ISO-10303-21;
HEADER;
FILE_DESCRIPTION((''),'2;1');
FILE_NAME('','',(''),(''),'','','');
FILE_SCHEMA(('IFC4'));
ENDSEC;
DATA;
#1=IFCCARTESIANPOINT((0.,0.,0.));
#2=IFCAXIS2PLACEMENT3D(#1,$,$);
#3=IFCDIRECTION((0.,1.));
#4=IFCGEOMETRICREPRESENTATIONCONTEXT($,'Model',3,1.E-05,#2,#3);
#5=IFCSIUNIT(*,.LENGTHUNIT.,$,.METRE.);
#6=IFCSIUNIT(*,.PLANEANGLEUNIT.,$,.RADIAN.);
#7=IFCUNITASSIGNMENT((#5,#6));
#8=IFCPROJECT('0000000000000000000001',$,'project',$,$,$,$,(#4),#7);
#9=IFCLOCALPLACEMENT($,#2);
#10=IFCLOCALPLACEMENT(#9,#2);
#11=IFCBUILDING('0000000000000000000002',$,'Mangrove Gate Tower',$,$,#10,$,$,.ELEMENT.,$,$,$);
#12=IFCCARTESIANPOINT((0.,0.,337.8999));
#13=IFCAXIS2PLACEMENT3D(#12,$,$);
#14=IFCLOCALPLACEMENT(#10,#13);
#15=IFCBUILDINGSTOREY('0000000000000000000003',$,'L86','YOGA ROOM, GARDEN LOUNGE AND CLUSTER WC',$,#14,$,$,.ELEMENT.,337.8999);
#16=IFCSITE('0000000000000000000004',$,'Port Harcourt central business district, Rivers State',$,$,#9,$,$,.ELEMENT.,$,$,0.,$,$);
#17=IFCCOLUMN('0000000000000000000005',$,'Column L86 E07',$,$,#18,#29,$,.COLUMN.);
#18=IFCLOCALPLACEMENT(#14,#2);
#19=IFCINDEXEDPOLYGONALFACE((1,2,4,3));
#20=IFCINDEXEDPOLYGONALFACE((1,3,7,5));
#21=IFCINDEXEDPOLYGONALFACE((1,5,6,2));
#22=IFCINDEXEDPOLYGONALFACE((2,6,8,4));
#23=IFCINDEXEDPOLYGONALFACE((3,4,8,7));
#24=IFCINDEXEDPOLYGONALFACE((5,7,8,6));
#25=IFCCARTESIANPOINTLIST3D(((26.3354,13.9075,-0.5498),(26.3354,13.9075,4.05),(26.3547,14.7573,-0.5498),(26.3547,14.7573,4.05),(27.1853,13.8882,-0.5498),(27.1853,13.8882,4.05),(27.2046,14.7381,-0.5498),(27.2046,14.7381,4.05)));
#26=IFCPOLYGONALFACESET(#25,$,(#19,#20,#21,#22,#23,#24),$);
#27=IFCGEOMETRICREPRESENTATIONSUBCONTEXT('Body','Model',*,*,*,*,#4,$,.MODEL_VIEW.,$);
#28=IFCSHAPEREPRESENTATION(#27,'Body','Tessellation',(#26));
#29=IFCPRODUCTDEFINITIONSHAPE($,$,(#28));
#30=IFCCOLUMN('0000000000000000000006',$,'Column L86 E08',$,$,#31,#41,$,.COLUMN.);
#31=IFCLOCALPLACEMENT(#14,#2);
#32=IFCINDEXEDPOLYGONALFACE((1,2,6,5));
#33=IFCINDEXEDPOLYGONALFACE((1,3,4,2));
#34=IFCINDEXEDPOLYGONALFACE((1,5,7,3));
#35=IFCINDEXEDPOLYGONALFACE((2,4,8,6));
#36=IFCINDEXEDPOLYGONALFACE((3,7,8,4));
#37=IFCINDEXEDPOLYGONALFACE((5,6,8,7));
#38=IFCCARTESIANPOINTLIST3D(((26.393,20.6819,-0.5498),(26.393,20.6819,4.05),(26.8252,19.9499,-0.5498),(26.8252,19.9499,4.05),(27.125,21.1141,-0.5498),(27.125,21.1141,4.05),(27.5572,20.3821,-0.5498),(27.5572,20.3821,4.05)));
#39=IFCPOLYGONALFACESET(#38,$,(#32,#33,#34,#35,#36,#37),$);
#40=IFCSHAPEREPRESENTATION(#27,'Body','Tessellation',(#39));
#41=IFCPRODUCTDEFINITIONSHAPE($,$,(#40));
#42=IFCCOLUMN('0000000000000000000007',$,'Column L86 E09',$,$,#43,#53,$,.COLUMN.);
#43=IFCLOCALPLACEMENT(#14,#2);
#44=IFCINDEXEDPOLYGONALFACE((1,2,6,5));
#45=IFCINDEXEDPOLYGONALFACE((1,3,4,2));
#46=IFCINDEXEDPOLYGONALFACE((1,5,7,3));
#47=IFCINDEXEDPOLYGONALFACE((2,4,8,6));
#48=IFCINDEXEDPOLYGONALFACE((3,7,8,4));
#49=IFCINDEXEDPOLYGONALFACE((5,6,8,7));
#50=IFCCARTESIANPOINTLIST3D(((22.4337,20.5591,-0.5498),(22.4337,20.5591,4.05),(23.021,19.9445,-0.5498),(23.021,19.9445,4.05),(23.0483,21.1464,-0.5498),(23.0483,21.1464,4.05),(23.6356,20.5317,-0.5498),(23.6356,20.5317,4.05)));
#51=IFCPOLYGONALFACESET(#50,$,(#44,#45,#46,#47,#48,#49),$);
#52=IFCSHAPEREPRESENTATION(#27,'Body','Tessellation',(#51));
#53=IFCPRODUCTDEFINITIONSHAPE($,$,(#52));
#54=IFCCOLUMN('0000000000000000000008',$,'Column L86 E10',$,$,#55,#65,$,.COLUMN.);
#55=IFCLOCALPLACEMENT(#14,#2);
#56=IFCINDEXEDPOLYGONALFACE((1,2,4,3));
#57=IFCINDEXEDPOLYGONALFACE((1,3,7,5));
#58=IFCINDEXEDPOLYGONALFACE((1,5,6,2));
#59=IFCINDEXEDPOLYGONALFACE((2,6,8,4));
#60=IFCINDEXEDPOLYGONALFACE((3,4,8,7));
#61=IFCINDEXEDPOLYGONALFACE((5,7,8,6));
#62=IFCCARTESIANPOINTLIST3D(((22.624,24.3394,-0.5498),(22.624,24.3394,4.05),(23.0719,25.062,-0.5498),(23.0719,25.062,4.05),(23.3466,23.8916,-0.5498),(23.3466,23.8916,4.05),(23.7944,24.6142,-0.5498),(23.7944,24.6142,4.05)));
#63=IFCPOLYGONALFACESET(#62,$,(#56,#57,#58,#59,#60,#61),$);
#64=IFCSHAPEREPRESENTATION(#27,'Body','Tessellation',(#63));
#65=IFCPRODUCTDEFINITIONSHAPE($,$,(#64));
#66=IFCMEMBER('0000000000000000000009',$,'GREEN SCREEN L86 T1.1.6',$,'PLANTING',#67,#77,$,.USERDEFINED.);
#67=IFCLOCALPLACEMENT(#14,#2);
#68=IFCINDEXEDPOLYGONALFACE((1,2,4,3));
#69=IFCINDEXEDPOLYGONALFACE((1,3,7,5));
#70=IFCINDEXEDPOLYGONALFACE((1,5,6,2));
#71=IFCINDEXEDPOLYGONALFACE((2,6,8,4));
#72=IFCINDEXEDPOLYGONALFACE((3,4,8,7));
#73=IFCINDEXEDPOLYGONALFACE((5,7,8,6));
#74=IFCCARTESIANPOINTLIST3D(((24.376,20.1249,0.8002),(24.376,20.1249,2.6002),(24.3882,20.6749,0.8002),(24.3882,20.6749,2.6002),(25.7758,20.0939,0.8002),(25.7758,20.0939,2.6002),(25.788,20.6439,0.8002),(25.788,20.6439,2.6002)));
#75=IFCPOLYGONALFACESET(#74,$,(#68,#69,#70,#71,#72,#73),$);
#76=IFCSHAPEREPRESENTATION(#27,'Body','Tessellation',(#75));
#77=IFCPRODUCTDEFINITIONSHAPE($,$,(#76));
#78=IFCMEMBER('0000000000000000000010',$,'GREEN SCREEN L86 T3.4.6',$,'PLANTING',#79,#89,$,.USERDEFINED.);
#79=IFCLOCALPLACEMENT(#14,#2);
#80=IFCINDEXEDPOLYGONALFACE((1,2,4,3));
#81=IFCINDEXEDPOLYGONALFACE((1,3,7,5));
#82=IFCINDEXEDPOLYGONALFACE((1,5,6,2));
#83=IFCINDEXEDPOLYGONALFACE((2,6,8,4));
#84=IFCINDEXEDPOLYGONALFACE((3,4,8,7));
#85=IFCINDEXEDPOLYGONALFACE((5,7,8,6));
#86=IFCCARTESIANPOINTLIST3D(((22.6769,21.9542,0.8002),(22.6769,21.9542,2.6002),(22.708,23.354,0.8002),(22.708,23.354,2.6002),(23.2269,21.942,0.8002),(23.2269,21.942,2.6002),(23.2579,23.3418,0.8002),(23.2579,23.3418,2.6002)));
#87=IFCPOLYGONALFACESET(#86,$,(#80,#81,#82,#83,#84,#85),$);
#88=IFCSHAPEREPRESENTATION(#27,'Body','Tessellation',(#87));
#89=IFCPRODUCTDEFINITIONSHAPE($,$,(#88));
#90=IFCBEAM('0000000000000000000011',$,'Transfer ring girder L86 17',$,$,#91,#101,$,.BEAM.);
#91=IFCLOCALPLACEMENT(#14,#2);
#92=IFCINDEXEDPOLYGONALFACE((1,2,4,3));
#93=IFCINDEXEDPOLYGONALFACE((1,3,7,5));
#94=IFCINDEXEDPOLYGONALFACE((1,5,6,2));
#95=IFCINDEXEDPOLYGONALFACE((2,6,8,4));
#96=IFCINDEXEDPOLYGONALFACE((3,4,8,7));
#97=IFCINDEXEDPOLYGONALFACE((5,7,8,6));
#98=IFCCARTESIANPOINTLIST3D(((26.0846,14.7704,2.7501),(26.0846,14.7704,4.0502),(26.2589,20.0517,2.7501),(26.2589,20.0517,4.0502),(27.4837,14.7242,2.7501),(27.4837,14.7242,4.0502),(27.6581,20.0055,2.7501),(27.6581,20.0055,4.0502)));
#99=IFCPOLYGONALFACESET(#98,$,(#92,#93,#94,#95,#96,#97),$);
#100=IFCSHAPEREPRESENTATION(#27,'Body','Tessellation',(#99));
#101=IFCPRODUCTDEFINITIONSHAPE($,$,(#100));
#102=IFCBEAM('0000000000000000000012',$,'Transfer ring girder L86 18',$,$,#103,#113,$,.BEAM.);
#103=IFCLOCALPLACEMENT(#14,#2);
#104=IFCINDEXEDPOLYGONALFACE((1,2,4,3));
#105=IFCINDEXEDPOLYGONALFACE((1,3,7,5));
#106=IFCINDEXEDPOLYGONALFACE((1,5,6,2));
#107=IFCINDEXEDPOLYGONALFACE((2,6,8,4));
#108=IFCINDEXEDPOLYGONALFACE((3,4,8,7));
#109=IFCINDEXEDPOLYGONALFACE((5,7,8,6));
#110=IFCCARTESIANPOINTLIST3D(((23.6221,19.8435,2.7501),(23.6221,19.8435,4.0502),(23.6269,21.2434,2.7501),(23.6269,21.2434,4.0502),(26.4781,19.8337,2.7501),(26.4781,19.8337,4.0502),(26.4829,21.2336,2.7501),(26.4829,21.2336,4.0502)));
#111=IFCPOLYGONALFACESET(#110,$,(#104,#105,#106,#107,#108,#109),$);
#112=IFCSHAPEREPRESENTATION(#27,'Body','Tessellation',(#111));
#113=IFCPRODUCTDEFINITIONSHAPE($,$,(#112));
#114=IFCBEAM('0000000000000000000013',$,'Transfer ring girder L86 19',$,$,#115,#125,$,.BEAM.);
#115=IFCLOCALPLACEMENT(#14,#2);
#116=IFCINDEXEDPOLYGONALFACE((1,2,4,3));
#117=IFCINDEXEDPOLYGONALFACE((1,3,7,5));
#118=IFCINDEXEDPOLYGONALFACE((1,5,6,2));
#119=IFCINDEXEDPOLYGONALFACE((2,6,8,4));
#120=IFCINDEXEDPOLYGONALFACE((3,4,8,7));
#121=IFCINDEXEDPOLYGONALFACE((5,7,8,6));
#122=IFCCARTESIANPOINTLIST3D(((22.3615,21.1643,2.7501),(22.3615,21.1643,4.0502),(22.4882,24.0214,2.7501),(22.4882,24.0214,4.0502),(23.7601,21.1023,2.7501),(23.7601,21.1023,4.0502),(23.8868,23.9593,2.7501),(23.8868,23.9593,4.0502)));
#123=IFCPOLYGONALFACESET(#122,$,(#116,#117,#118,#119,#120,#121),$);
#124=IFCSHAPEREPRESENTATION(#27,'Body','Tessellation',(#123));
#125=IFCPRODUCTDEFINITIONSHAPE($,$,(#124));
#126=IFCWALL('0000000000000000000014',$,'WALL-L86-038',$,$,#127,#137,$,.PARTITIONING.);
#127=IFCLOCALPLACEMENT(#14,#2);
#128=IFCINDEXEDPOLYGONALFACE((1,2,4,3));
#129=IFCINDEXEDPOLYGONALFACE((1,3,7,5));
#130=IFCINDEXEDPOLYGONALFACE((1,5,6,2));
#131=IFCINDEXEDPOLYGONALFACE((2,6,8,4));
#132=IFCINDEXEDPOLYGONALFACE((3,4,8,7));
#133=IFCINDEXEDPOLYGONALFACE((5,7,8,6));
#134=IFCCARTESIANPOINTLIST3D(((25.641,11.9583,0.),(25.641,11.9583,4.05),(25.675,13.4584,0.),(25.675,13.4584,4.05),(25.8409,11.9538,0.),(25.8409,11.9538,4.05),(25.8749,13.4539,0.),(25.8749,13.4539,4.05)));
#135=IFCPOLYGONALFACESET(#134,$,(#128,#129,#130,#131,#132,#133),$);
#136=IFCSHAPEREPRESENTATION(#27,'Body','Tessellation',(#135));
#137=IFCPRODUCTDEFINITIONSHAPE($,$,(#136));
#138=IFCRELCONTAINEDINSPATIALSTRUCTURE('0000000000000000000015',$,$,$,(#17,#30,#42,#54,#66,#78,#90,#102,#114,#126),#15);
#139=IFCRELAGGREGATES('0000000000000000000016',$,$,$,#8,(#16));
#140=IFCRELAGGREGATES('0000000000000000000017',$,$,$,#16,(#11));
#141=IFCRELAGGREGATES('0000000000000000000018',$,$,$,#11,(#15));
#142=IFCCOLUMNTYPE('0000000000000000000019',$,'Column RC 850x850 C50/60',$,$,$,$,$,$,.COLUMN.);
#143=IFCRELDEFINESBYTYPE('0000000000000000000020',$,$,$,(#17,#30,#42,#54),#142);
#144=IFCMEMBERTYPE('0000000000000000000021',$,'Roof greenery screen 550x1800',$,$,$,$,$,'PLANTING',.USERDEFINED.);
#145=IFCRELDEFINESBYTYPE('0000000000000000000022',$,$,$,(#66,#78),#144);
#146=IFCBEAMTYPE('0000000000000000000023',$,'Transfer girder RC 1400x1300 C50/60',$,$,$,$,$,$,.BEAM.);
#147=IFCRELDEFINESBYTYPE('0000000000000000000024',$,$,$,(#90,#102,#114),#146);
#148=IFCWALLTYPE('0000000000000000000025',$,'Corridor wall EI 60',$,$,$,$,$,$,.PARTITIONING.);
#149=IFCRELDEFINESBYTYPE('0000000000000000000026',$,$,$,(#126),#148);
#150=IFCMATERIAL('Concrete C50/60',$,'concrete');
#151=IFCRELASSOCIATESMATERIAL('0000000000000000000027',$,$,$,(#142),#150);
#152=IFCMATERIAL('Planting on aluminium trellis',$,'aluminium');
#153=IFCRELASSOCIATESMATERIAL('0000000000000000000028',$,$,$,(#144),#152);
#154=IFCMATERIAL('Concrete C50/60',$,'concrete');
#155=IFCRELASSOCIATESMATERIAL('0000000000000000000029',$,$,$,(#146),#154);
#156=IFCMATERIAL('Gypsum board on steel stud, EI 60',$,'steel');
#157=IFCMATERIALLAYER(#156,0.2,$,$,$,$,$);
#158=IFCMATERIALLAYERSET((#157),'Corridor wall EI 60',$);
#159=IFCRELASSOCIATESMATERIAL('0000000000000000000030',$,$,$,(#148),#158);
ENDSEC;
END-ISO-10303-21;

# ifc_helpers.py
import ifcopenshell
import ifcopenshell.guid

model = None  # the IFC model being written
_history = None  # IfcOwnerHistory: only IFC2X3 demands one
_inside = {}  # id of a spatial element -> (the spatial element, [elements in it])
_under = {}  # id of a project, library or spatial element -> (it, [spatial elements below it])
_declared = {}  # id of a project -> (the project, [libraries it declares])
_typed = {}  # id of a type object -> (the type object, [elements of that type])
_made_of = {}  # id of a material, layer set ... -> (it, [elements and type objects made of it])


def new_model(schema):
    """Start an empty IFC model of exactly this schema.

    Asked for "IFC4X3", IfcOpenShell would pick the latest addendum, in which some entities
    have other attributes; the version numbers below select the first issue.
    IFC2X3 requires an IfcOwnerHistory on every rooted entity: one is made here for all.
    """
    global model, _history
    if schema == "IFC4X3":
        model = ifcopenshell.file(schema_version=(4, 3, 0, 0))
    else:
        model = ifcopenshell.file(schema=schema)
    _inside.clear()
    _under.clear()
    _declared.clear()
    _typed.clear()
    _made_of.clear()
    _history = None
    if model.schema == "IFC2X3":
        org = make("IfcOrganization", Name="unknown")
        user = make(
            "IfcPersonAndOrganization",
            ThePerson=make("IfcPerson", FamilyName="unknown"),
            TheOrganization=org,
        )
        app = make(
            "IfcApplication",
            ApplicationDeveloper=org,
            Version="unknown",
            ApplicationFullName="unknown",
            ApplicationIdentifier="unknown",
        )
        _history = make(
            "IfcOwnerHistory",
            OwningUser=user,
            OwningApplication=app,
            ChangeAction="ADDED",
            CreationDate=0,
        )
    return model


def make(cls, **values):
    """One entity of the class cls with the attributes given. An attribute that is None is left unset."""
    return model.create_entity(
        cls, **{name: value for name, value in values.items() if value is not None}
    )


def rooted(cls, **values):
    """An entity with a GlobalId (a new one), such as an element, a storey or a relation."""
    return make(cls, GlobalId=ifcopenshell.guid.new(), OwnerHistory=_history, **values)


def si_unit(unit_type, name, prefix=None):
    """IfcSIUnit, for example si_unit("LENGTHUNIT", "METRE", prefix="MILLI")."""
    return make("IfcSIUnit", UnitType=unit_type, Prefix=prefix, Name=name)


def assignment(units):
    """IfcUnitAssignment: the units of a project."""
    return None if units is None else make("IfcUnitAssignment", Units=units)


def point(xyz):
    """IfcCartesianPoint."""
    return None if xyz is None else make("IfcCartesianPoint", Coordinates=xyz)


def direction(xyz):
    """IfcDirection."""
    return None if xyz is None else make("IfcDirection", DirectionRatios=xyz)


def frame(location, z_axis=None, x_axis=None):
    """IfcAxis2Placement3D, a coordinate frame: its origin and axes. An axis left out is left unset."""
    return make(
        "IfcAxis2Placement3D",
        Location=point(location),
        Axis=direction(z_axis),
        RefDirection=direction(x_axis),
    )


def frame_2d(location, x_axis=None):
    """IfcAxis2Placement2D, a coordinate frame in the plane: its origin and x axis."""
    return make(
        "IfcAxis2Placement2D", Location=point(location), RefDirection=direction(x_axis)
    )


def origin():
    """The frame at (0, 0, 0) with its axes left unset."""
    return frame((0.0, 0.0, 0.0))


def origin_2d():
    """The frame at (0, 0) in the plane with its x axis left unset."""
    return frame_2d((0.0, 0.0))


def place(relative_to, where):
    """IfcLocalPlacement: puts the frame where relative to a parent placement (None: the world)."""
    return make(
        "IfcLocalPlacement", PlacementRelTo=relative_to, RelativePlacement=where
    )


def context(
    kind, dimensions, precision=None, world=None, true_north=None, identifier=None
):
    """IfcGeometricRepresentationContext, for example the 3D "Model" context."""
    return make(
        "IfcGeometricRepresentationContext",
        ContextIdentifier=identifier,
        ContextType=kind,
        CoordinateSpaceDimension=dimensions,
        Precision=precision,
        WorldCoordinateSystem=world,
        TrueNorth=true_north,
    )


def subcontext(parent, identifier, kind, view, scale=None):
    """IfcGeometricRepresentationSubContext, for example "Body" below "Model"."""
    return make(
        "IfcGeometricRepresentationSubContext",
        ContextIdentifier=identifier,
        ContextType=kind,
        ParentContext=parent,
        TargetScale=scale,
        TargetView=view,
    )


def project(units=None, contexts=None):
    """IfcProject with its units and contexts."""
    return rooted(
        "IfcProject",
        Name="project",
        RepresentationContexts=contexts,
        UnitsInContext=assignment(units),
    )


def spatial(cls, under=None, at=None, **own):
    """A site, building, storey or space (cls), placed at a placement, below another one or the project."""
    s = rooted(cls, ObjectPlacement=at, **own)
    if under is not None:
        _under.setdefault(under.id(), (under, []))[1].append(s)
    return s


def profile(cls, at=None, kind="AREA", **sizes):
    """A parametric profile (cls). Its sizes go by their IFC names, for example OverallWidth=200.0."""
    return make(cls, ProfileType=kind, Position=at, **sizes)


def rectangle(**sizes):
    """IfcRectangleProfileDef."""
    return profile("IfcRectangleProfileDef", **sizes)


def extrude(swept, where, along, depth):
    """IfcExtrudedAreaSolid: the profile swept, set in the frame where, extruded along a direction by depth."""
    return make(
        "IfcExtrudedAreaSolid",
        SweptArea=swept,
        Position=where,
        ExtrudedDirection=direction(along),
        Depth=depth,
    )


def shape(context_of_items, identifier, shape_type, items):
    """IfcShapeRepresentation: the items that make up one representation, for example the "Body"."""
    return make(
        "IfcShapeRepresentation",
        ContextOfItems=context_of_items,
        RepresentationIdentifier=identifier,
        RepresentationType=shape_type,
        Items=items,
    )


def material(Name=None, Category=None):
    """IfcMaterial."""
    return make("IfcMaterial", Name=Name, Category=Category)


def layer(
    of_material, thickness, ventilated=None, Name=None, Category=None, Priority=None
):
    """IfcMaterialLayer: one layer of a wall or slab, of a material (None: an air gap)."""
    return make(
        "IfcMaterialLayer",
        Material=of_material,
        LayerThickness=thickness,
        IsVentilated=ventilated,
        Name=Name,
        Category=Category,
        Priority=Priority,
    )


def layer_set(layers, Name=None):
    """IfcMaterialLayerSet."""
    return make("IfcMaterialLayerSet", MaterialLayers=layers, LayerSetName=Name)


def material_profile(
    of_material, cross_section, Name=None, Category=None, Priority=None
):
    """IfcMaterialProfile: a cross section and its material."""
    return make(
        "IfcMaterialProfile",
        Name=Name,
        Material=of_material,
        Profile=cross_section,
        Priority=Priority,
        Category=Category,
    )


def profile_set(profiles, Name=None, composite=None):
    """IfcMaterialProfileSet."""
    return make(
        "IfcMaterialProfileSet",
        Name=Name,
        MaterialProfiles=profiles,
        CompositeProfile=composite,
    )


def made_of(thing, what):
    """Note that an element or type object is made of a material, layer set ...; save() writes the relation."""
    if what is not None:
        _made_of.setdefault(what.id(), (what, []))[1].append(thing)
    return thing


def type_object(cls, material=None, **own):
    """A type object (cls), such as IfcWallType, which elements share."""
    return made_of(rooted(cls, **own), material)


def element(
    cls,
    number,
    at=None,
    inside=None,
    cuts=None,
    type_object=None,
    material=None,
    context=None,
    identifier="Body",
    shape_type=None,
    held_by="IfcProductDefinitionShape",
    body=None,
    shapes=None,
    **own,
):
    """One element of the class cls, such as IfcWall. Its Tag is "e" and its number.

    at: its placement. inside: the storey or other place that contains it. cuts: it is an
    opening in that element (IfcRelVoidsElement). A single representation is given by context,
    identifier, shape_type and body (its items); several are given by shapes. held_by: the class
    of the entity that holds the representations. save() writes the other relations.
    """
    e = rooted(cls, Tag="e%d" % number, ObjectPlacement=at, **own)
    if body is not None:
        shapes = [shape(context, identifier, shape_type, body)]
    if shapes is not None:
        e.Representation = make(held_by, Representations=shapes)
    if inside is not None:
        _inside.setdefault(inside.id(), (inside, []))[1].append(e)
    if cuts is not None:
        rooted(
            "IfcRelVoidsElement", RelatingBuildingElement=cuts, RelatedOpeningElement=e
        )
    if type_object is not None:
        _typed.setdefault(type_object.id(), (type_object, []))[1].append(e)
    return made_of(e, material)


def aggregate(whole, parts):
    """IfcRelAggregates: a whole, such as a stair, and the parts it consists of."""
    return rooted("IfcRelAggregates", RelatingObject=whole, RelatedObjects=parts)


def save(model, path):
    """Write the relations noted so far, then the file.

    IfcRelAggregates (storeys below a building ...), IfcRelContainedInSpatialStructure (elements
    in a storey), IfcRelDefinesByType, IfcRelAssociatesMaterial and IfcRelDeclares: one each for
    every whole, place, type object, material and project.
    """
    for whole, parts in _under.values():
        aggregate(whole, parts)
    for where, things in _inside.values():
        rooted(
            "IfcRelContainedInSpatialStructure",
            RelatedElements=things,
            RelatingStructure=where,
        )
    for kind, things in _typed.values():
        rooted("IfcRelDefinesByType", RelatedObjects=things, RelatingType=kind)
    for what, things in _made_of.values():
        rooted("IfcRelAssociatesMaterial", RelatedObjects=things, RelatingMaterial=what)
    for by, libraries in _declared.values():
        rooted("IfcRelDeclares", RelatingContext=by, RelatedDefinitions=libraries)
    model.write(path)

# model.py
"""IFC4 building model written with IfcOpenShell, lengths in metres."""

from ifc_helpers import new_model, si_unit, direction, frame, frame_2d, origin, origin_2d, place, context, subcontext, project, spatial, rectangle, extrude, material, layer, layer_set, material_profile, profile_set, type_object, element, save


model = new_model("IFC4")

# Units and contexts
model_context = context("Model", 3, precision=1e-05, world=origin(), true_north=direction((0.0, 1.0)))
body_context = subcontext(model_context, "Body", "Model", "MODEL_VIEW")
ifc_project = project(units=[si_unit("LENGTHUNIT", "METRE"), si_unit("PLANEANGLEUNIT", "RADIAN")], contexts=[model_context])

# Site, building, storey
site_placement = place(None, origin())
site = spatial("IfcSite", under=ifc_project, at=site_placement, Name="Port Harcourt central business district, Rivers State", CompositionType="ELEMENT", RefElevation=0.0)
building_placement = place(site_placement, origin())
building = spatial("IfcBuilding", under=site, at=building_placement, Name="Mangrove Gate Tower", CompositionType="ELEMENT")
storey_placement = place(building_placement, frame((0.0, 0.0, 337.8999)))
storey = spatial("IfcBuildingStorey", under=building, at=storey_placement, Name="L86", Description="YOGA ROOM, GARDEN LOUNGE AND CLUSTER WC", CompositionType="ELEMENT", Elevation=337.8999)

# Columns
ifc_material_1 = material(Name="Concrete C50/60", Category="concrete")
ifc_material_profile_1 = material_profile(ifc_material_1, rectangle(XDim=0.8501, YDim=0.8501, at=origin_2d()))
ifc_profile_set_1 = profile_set([ifc_material_profile_1], Name="Concrete C50/60")
column_type = type_object("IfcColumnType", Name="Column RC 850x850 C50/60", PredefinedType="COLUMN", material=ifc_profile_set_1)
for number, where, z_axis, x_axis, name in (
    (1, (26.77, 14.3228, -0.5498), (0.0, 0.0, 1.0), (0.022681, 0.999743, 0.0), "Column L86 E07"),
    (2, (26.9751, 20.532, -0.5498), (0.0, 0.0, 1.0), (-0.508409, 0.861116, 0.0), "Column L86 E08"),
    (3, (23.0347, 20.5454, -0.5498), (0.0, 0.0, 1.0), (-0.690837, 0.72301, 0.0), "Column L86 E09"),
    (4, (23.2092, 24.4768, -0.5498), (0.0, 0.0, 1.0), (-0.849995, 0.526791, 0.0), "Column L86 E10"),
):
    element("IfcColumn", number, at=place(storey_placement, frame(where, z_axis=z_axis, x_axis=x_axis)), inside=storey, type_object=column_type, Name=name, PredefinedType="COLUMN", context=body_context, shape_type="SweptSolid", body=[
        extrude(rectangle(XDim=0.8501, YDim=0.8501, at=origin_2d()), origin(), (0.0, 0.0, 1.0), 4.5999),
    ])

# Members
ifc_material_2 = material(Name="Planting on aluminium trellis", Category="aluminium")
ifc_material_profile_2 = material_profile(ifc_material_2, rectangle(XDim=0.55, YDim=1.8, at=origin_2d()))
ifc_profile_set_2 = profile_set([ifc_material_profile_2], Name="Planting on aluminium trellis")
member_type = type_object("IfcMemberType", Name="Roof greenery screen 550x1800", ElementType="PLANTING", PredefinedType="USERDEFINED", material=ifc_profile_set_2)
for number, where, z_axis, x_axis, name in (
    (5, (24.3821, 20.3999, 1.7002), (0.999755, -0.022143, 0.0), (0.022143, 0.999755, 0.0), "GREEN SCREEN L86 T1.1.6"),
    (6, (22.9829, 23.3479, 1.7002), (-0.022143, -0.999755, 0.0), (0.999755, -0.022143, 0.0), "GREEN SCREEN L86 T3.4.6"),
):
    element("IfcMember", number, at=place(storey_placement, frame(where, z_axis=z_axis, x_axis=x_axis)), inside=storey, type_object=member_type, Name=name, ObjectType="PLANTING", PredefinedType="USERDEFINED", context=body_context, shape_type="SweptSolid", body=[
        extrude(rectangle(XDim=0.55, YDim=1.8, at=origin_2d()), origin(), (0.0, 0.0, 1.0), 1.4001),
    ])

# Beams
ifc_material_3 = material(Name="Concrete C50/60", Category="concrete")
ifc_material_profile_3 = material_profile(ifc_material_3, rectangle(XDim=1.3999, YDim=1.3, at=origin_2d()))
ifc_profile_set_3 = profile_set([ifc_material_profile_3], Name="Concrete C50/60")
beam_type = type_object("IfcBeamType", Name="Transfer girder RC 1400x1300 C50/60", PredefinedType="BEAM", material=ifc_profile_set_3)
beam_1_placement = place(storey_placement, frame((26.7842, 14.7473, 3.4001), z_axis=(0.032989, 0.999456, 0.0), x_axis=(-0.999456, 0.032989, 0.0)))
element("IfcBeam", 7, at=beam_1_placement, inside=storey, type_object=beam_type, Name="Transfer ring girder L86 17", PredefinedType="BEAM", context=body_context, shape_type="SweptSolid", body=[
    extrude(rectangle(XDim=1.3999, YDim=1.3, at=origin_2d()), origin(), (0.0, 0.0, 1.0), 5.2842),
])
beam_2_placement = place(storey_placement, frame((26.4805, 20.5337, 3.4001), z_axis=(-0.999994, 0.003419, 0.0), x_axis=(-0.003419, -0.999994, 0.0)))
element("IfcBeam", 8, at=beam_2_placement, inside=storey, type_object=beam_type, Name="Transfer ring girder L86 18", PredefinedType="BEAM", context=body_context, shape_type="SweptSolid", body=[
    extrude(rectangle(XDim=1.3999, YDim=1.3, at=origin_2d()), origin(), (0.0, 0.0, 1.0), 2.856),
])
beam_3_placement = place(storey_placement, frame((23.0608, 21.1333, 3.4001), z_axis=(0.044308, 0.999018, 0.0), x_axis=(-0.999018, 0.044308, 0.0)))
element("IfcBeam", 9, at=beam_3_placement, inside=storey, type_object=beam_type, Name="Transfer ring girder L86 19", PredefinedType="BEAM", context=body_context, shape_type="SweptSolid", body=[
    extrude(rectangle(XDim=1.3999, YDim=1.3, at=origin_2d()), origin(), (0.0, 0.0, 1.0), 2.8599),
])

# Wall
ifc_material_4 = material(Name="Gypsum board on steel stud, EI 60", Category="steel")
ifc_layer_1 = layer(ifc_material_4, 0.2)
ifc_layer_set_1 = layer_set([ifc_layer_1], Name="Corridor wall EI 60")
wall_type_1 = type_object("IfcWallType", Name="Corridor wall EI 60", PredefinedType="PARTITIONING", material=ifc_layer_set_1)
wall_1_placement = place(storey_placement, frame((25.741, 11.9561, 0.0), z_axis=(0.0, 0.0, 1.0), x_axis=(0.022618, 0.999744, 0.0)))
element("IfcWall", 10, at=wall_1_placement, inside=storey, type_object=wall_type_1, Name="WALL-L86-038", PredefinedType="PARTITIONING", context=body_context, shape_type="SweptSolid", body=[
    extrude(rectangle(XDim=1.5005, YDim=0.2, at=frame_2d((0.7502, 0.0))), origin(), (0.0, 0.0, 1.0), 4.05),
])

save(model, "model.ifc")
